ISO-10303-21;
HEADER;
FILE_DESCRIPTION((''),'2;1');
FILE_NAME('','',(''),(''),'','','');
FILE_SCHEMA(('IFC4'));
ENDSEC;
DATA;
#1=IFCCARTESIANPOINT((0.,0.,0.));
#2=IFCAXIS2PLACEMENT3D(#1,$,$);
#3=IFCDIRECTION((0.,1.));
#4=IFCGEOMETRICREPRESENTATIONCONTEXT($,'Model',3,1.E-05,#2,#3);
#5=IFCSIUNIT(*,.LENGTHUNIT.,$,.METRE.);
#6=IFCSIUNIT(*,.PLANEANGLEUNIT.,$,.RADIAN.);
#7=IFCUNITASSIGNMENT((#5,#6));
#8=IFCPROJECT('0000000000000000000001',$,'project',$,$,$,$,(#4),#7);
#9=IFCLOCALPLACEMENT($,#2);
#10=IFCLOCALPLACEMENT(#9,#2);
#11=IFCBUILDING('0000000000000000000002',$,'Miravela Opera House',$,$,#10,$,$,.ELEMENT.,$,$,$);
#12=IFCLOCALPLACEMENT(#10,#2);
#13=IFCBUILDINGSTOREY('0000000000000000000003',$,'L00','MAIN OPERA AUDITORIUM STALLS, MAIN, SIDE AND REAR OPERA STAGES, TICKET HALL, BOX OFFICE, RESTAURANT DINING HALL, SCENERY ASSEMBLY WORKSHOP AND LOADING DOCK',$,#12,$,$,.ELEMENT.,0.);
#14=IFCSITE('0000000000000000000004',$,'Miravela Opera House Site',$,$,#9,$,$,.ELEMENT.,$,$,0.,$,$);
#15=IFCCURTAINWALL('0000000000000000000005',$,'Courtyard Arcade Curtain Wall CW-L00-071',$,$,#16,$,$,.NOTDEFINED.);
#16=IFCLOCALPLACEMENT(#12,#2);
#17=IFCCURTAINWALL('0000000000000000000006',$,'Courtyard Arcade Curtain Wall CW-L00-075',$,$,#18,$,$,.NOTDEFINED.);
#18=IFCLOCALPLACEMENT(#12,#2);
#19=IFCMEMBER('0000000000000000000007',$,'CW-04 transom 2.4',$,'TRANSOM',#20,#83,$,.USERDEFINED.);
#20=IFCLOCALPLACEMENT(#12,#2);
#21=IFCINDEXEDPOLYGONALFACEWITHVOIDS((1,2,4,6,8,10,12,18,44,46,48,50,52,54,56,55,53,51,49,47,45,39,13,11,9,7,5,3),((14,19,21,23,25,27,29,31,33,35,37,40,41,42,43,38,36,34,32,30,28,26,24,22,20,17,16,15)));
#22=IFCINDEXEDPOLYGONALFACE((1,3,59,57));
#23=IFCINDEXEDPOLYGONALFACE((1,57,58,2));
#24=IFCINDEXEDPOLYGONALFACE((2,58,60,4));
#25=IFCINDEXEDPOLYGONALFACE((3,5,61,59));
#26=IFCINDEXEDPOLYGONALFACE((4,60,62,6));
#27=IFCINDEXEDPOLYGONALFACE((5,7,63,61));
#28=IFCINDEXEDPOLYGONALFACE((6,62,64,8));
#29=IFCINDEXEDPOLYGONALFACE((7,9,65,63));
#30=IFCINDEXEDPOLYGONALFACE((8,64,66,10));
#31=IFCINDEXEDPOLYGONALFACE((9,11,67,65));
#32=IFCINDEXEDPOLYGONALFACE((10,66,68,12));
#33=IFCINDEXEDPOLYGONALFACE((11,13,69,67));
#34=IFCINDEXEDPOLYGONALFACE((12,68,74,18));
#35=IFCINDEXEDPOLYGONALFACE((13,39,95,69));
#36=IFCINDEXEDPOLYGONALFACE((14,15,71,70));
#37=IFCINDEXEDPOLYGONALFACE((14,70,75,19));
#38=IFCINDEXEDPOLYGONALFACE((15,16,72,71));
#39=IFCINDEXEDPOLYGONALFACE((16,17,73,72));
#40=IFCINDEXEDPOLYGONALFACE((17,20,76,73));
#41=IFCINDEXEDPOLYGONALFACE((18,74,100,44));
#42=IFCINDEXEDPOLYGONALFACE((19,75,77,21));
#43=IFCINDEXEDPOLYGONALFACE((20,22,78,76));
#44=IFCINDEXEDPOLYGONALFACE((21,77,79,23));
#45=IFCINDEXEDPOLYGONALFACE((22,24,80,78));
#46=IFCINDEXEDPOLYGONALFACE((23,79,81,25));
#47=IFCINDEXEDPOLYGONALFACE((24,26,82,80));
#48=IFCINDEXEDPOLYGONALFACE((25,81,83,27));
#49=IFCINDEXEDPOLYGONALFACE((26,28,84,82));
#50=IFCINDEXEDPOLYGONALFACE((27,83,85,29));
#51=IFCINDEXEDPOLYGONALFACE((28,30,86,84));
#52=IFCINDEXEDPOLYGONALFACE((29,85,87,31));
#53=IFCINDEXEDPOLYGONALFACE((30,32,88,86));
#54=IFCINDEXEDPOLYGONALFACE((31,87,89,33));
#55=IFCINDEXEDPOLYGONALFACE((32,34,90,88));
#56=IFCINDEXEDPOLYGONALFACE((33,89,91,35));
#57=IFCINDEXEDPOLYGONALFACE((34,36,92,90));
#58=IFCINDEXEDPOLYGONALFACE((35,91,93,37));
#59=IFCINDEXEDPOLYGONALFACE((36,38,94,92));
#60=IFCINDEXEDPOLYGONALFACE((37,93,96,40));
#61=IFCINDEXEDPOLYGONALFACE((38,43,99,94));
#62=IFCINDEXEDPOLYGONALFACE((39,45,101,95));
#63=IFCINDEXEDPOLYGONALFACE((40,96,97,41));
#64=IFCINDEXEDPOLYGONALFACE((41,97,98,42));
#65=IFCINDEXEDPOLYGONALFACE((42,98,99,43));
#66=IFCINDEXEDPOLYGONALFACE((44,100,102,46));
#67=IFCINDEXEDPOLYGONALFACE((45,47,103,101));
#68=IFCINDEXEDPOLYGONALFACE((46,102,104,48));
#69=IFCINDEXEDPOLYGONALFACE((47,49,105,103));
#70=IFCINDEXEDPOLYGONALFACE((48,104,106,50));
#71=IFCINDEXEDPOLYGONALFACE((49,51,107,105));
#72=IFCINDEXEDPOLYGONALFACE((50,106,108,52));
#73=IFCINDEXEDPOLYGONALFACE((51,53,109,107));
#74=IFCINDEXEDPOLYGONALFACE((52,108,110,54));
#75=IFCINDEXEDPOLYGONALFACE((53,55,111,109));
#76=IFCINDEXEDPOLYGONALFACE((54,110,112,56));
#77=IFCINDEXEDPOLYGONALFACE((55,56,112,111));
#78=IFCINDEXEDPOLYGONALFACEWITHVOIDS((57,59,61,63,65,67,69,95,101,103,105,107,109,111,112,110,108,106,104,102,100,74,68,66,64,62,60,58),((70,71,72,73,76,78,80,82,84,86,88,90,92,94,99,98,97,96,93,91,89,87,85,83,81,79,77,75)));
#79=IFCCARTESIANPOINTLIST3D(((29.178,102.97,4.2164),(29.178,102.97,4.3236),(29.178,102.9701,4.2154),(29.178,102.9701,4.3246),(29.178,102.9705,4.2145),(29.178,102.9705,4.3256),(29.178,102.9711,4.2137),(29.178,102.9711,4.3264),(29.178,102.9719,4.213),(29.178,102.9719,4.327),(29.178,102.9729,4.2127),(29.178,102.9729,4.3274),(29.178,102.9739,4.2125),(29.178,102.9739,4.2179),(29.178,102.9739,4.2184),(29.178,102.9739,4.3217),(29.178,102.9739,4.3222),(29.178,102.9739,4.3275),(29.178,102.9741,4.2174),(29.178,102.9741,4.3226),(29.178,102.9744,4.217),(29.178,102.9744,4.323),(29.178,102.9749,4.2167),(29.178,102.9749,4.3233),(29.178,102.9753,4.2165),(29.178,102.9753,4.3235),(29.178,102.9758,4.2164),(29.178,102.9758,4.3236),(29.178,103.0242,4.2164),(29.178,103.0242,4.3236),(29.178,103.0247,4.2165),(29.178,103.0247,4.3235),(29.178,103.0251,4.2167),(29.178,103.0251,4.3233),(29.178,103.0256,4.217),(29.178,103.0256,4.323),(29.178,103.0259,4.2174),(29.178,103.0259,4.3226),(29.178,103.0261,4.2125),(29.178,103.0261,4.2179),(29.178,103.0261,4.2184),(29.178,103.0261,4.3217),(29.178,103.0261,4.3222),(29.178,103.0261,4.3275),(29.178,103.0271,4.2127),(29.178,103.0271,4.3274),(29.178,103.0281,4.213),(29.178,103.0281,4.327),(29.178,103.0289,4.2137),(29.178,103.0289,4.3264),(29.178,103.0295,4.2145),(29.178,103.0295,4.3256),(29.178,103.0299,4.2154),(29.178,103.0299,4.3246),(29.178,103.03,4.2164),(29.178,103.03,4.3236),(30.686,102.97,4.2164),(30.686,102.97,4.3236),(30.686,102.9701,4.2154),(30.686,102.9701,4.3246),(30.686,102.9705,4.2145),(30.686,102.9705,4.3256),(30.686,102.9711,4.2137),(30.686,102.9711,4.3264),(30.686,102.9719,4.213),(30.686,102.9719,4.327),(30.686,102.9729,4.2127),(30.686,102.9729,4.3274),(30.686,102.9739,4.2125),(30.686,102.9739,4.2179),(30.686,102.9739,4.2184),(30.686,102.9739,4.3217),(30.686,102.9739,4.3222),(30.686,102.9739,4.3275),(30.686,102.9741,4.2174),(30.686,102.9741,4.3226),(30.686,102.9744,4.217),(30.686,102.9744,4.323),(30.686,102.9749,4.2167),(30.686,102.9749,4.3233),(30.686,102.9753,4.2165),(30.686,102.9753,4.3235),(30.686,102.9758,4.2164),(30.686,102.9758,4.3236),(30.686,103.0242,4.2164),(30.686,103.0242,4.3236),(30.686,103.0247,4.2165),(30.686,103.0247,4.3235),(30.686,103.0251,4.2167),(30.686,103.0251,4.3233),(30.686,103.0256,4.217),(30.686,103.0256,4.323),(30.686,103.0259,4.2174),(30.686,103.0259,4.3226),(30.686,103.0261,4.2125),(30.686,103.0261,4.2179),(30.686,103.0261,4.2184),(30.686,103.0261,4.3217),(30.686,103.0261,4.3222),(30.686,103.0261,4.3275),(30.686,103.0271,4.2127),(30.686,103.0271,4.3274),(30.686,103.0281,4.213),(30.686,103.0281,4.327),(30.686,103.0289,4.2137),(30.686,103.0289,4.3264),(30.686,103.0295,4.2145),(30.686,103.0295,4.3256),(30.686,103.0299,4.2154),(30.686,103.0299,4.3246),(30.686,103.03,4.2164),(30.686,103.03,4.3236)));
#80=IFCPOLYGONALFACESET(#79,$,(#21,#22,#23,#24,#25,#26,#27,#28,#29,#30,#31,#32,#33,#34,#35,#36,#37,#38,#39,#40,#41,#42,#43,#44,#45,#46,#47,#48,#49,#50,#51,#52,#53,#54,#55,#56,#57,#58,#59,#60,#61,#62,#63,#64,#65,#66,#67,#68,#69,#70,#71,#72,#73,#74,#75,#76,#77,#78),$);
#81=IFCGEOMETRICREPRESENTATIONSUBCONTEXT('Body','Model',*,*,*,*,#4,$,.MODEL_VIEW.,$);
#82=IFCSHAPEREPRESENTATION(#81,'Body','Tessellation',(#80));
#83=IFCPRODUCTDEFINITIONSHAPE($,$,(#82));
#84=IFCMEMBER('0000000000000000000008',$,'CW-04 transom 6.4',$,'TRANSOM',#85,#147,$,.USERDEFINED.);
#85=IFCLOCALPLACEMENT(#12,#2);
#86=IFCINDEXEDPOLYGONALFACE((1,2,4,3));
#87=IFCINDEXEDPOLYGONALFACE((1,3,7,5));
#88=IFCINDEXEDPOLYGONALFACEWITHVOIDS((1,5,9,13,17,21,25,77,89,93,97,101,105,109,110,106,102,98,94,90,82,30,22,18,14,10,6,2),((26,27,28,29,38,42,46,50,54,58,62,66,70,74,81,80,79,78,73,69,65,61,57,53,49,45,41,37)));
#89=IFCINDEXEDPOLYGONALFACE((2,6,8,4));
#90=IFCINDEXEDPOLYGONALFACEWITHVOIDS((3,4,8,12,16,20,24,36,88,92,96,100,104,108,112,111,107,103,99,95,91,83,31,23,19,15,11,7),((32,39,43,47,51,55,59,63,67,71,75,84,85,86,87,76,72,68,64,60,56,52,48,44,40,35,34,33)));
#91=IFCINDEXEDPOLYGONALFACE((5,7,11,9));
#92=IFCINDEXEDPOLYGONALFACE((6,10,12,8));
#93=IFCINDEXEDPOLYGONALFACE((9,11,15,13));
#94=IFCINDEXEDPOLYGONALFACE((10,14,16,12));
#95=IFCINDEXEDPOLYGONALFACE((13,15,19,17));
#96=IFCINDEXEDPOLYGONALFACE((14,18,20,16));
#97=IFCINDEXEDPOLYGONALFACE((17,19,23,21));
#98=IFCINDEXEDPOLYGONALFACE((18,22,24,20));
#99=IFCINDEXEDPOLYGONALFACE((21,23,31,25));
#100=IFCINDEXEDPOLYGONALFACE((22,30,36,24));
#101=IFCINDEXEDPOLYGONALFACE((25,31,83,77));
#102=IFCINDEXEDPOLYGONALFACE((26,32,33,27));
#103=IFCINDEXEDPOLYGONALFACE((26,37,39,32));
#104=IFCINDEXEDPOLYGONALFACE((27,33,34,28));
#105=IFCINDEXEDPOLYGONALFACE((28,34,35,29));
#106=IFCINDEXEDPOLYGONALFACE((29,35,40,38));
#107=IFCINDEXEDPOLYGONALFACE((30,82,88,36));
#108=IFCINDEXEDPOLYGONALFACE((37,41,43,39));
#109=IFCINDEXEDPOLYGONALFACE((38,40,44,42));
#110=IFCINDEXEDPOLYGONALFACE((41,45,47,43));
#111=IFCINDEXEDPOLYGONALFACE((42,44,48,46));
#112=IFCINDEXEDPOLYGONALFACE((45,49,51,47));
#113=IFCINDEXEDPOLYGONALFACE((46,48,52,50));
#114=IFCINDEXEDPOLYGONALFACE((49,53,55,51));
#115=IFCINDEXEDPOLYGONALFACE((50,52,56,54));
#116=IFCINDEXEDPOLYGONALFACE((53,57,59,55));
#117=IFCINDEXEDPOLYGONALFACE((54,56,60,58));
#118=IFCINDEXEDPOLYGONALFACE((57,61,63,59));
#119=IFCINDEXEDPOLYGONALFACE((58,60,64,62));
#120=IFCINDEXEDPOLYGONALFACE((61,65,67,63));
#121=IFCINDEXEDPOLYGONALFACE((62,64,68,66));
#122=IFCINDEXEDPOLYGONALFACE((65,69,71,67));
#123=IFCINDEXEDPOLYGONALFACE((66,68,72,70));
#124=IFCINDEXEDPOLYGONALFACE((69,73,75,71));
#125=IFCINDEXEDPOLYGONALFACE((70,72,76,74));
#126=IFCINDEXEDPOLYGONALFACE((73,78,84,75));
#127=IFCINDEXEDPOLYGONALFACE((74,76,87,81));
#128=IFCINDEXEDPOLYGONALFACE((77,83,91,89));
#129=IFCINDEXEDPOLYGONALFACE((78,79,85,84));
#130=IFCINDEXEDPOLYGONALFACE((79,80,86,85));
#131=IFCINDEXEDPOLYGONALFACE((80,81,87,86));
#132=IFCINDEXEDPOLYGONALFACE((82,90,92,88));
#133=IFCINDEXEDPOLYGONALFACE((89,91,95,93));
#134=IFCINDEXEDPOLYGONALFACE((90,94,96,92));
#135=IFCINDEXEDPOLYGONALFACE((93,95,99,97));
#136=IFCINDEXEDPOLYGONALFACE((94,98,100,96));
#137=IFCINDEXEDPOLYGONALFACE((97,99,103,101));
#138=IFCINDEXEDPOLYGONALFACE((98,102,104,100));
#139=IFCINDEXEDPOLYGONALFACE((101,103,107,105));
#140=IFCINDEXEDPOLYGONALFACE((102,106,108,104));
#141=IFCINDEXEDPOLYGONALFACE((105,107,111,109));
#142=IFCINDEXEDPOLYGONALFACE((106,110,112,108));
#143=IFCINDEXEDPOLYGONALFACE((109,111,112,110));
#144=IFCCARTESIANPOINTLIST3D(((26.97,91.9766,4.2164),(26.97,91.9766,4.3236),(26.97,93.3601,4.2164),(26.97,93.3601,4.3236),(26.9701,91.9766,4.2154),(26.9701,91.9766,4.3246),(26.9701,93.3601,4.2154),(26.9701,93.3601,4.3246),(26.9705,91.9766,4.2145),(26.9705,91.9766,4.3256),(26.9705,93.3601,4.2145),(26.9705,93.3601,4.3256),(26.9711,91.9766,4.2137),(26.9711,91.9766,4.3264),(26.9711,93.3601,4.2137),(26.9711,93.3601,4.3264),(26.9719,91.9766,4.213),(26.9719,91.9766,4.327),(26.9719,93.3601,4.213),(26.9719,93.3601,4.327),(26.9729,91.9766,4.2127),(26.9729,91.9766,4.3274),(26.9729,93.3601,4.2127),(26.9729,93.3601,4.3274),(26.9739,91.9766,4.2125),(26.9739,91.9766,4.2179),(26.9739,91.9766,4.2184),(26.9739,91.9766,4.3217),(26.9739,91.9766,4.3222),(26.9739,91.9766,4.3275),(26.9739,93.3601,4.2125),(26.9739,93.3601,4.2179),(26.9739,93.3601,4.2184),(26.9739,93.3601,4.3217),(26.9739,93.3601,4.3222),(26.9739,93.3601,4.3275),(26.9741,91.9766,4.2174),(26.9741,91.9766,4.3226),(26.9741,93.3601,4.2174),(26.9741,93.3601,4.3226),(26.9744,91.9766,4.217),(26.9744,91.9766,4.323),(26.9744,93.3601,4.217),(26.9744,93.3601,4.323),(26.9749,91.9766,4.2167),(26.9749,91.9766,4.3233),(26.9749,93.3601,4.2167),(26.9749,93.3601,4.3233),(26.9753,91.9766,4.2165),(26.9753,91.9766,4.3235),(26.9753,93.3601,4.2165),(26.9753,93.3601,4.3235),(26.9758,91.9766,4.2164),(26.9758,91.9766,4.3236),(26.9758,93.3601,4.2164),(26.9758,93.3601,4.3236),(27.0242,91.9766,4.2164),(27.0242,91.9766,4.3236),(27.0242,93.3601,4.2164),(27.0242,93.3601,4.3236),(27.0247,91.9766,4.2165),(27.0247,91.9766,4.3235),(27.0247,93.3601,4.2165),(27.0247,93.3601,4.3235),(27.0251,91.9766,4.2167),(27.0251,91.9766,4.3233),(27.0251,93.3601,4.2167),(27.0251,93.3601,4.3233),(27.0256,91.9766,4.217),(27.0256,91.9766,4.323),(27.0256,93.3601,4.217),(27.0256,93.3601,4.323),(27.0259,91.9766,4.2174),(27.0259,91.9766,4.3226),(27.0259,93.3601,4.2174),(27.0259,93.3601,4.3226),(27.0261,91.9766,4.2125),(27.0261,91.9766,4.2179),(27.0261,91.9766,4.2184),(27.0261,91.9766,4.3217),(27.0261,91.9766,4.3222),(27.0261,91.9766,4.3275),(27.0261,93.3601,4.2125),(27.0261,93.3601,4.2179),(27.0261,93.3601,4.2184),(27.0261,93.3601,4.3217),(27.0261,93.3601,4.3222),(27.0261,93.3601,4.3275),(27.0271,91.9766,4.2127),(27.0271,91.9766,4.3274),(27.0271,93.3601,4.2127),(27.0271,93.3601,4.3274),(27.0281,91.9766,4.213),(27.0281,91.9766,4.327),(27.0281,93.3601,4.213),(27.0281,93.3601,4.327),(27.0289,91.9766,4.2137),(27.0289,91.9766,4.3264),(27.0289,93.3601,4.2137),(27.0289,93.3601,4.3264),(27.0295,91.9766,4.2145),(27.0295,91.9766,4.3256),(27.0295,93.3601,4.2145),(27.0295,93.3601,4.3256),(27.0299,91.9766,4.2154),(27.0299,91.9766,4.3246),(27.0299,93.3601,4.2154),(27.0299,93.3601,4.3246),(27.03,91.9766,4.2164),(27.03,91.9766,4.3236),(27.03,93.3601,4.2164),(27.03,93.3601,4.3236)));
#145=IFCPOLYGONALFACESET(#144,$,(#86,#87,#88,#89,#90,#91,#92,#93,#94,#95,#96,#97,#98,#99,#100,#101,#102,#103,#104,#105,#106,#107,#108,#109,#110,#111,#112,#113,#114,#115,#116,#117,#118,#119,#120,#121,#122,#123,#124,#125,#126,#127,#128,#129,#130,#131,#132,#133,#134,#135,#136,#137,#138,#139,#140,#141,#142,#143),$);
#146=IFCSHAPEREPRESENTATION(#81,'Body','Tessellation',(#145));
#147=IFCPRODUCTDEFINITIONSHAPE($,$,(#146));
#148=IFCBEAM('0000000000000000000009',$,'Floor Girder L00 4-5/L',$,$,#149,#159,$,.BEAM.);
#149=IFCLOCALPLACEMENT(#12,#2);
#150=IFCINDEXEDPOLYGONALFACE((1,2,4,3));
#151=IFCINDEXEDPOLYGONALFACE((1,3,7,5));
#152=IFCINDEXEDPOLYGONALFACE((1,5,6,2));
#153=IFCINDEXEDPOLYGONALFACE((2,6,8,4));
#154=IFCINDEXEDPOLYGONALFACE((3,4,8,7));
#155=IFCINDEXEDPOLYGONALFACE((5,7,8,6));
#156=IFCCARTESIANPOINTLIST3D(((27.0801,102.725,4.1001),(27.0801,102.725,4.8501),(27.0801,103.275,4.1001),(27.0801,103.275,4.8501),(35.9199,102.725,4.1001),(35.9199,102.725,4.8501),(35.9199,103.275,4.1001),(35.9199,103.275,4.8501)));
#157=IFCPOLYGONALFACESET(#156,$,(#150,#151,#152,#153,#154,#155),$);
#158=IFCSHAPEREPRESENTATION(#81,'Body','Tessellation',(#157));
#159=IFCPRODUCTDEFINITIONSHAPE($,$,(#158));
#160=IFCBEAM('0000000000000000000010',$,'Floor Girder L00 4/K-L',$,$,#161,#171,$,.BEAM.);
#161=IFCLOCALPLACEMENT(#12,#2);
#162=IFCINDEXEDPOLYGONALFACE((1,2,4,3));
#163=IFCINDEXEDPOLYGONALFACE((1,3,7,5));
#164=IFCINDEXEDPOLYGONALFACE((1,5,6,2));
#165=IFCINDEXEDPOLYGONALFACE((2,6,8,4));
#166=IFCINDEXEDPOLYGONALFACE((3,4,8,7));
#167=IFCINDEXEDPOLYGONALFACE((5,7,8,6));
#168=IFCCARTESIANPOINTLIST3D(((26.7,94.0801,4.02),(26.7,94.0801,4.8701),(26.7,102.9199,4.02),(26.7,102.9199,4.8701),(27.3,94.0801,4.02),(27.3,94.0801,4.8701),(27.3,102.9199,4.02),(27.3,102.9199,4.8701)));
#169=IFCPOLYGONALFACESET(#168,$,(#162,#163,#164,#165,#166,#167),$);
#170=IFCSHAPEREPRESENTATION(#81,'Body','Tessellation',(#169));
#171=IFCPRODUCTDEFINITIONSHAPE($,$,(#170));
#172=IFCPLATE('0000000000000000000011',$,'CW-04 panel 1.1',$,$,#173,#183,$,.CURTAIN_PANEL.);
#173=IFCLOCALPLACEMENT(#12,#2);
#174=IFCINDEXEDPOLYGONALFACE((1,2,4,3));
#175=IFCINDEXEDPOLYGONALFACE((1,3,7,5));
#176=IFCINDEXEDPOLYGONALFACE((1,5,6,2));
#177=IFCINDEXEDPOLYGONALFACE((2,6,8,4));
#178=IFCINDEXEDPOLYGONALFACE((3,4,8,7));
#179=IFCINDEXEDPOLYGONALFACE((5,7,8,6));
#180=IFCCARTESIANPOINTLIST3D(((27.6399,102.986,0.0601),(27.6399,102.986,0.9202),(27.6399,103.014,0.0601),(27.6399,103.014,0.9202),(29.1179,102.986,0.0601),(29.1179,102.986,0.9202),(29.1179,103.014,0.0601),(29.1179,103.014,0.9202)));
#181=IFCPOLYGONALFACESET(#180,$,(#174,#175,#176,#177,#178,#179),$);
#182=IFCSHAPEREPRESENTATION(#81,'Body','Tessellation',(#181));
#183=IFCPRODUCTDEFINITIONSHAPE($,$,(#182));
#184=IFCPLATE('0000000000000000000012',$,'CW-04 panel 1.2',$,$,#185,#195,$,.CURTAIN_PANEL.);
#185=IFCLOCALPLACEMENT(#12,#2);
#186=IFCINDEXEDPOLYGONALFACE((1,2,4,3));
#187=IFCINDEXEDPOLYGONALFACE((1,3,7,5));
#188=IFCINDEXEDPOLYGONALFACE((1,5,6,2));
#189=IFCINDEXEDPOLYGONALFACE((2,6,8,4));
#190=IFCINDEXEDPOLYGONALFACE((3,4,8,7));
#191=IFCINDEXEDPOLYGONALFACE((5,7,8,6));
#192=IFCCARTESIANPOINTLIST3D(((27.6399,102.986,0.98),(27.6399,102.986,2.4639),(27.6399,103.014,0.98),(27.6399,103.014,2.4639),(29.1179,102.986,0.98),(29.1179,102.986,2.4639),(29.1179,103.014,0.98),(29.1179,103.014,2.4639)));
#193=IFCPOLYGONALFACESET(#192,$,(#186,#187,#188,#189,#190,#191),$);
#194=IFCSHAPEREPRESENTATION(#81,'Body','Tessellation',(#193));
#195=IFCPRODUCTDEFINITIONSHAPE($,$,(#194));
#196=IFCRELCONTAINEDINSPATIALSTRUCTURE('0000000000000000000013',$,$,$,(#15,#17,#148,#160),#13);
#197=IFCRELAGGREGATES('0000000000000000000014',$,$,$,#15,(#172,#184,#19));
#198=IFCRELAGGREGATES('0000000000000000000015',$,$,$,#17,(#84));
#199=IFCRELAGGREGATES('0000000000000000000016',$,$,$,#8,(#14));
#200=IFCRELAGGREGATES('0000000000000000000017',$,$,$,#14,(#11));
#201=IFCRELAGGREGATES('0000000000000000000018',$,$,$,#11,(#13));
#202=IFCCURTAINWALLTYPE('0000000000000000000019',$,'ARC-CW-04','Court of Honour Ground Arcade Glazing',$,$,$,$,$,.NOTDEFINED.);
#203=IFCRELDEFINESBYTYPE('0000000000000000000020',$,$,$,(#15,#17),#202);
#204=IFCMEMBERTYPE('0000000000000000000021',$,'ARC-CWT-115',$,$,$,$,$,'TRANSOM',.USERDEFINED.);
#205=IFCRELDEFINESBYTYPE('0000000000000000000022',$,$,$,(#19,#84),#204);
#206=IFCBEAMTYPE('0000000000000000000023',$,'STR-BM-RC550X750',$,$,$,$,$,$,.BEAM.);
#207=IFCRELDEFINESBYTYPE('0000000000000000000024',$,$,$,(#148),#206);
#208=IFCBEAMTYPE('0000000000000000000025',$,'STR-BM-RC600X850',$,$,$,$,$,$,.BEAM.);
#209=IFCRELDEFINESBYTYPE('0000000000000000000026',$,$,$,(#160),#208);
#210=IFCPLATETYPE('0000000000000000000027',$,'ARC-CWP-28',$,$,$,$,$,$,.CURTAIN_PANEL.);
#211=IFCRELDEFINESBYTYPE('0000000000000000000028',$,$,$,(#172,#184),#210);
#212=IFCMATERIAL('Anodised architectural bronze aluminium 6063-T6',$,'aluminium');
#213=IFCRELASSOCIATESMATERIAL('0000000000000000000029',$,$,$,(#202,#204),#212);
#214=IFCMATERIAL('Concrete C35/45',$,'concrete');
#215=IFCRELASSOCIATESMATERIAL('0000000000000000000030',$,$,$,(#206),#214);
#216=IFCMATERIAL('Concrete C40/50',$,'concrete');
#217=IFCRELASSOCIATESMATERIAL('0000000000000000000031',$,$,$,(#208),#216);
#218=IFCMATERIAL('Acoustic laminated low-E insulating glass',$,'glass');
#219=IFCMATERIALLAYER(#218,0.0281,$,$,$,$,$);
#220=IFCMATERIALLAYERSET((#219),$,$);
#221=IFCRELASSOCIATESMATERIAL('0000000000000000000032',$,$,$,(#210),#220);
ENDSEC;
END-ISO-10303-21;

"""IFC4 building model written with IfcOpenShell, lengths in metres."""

from ifc_helpers import new_model, si_unit, direction, frame, origin, origin_2d, place, context, subcontext, project, spatial, rectangle, hollow_rectangle, extrude, material, layer, layer_set, material_profile, profile_set, type_object, element, aggregate, save


model = new_model("IFC4")

# Units and contexts
model_context = context("Model", 3, precision=1e-05, world=origin(), true_north=direction((0.0, 1.0)))
body_context = subcontext(model_context, "Body", "Model", "MODEL_VIEW")
ifc_project = project(units=[si_unit("LENGTHUNIT", "METRE"), si_unit("PLANEANGLEUNIT", "RADIAN")], contexts=[model_context])

# Site, building, storey
site_placement = place(None, origin())
site = spatial("IfcSite", under=ifc_project, at=site_placement, Name="Miravela Opera House Site", CompositionType="ELEMENT", RefElevation=0.0)
building_placement = place(site_placement, origin())
building = spatial("IfcBuilding", under=site, at=building_placement, Name="Miravela Opera House", CompositionType="ELEMENT")
storey_placement = place(building_placement, origin())
storey = spatial("IfcBuildingStorey", under=building, at=storey_placement, Name="L00", Description="MAIN OPERA AUDITORIUM STALLS, MAIN, SIDE AND REAR OPERA STAGES, TICKET HALL, BOX OFFICE, RESTAURANT DINING HALL, SCENERY ASSEMBLY WORKSHOP AND LOADING DOCK", CompositionType="ELEMENT", Elevation=0.0)

# Shared definitions
ifc_material_1 = material(Name="Concrete C40/50", Category="concrete")

# Curtain wall
ifc_material_2 = material(Name="Anodised architectural bronze aluminium 6063-T6", Category="aluminium")
curtain_wall_type = type_object("IfcCurtainWallType", Name="ARC-CW-04", Description="Court of Honour Ground Arcade Glazing", PredefinedType="NOTDEFINED", material=ifc_material_2)
curtain_wall_1_placement = place(storey_placement, origin())
curtain_wall_1 = element("IfcCurtainWall", 1, at=curtain_wall_1_placement, inside=storey, type_object=curtain_wall_type, Name="Courtyard Arcade Curtain Wall CW-L00-071", PredefinedType="NOTDEFINED")

# Curtain wall
curtain_wall_2_placement = place(storey_placement, origin())
curtain_wall_2 = element("IfcCurtainWall", 2, at=curtain_wall_2_placement, inside=storey, type_object=curtain_wall_type, Name="Courtyard Arcade Curtain Wall CW-L00-075", PredefinedType="NOTDEFINED")

# Members
ifc_material_profile_1 = material_profile(ifc_material_2, hollow_rectangle(XDim=0.0601, YDim=0.115, WallThickness=0.0039, InnerFilletRadius=0.002, OuterFilletRadius=0.0039, at=origin_2d()), Name="CWT-60X115")
ifc_profile_set_1 = profile_set([ifc_material_profile_1])
member_type_1 = type_object("IfcMemberType", Name="ARC-CWT-115", ElementType="TRANSOM", PredefinedType="USERDEFINED", material=ifc_profile_set_1)
member_1_placement = place(storey_placement, frame((29.178, 103.0, 4.27), z_axis=(1.0, 0.0, 0.0), x_axis=(0.0, 1.0, 0.0)))
member_1 = element("IfcMember", 3, at=member_1_placement, type_object=member_type_1, Name="CW-04 transom 2.4", ObjectType="TRANSOM", PredefinedType="USERDEFINED", context=body_context, shape_type="SweptSolid", body=[
    extrude(hollow_rectangle(XDim=0.0601, YDim=0.115, WallThickness=0.0039, InnerFilletRadius=0.002, OuterFilletRadius=0.0039, at=origin_2d()), origin(), (0.0, 0.0, 1.0), 1.5081),
])
member_2_placement = place(storey_placement, frame((27.0, 91.9766, 4.27), z_axis=(0.0, 1.0, 0.0), x_axis=(-1.0, 0.0, 0.0)))
member_2 = element("IfcMember", 4, at=member_2_placement, type_object=member_type_1, Name="CW-04 transom 6.4", ObjectType="TRANSOM", PredefinedType="USERDEFINED", context=body_context, shape_type="SweptSolid", body=[
    extrude(hollow_rectangle(XDim=0.0601, YDim=0.115, WallThickness=0.0039, InnerFilletRadius=0.002, OuterFilletRadius=0.0039, at=origin_2d()), origin(), (0.0, 0.0, 1.0), 1.3835),
])

# Beams
ifc_material_3 = material(Name="Concrete C35/45", Category="concrete")
ifc_material_profile_2 = material_profile(ifc_material_3, rectangle(XDim=0.55, YDim=0.75, at=origin_2d()), Name="RC-BM-550X750")
ifc_profile_set_2 = profile_set([ifc_material_profile_2])
beam_type_1 = type_object("IfcBeamType", Name="STR-BM-RC550X750", PredefinedType="BEAM", material=ifc_profile_set_2)
beam_1_placement = place(storey_placement, frame((27.0801, 103.0, 4.4751), z_axis=(1.0, 0.0, 0.0), x_axis=(0.0, 1.0, 0.0)))
element("IfcBeam", 5, at=beam_1_placement, inside=storey, type_object=beam_type_1, Name="Floor Girder L00 4-5/L", PredefinedType="BEAM", context=body_context, shape_type="SweptSolid", body=[
    extrude(rectangle(XDim=0.55, YDim=0.75, at=origin_2d()), origin(), (0.0, 0.0, 1.0), 8.8398),
])
ifc_material_profile_3 = material_profile(ifc_material_1, rectangle(XDim=0.6001, YDim=0.8501, at=origin_2d()), Name="RC-BM-600X850")
ifc_profile_set_3 = profile_set([ifc_material_profile_3])
beam_type_2 = type_object("IfcBeamType", Name="STR-BM-RC600X850", PredefinedType="BEAM", material=ifc_profile_set_3)
beam_2_placement = place(storey_placement, frame((27.0, 94.0801, 4.4451), z_axis=(0.0, 1.0, 0.0), x_axis=(-1.0, 0.0, 0.0)))
element("IfcBeam", 6, at=beam_2_placement, inside=storey, type_object=beam_type_2, Name="Floor Girder L00 4/K-L", PredefinedType="BEAM", context=body_context, shape_type="SweptSolid", body=[
    extrude(rectangle(XDim=0.6001, YDim=0.8501, at=origin_2d()), origin(), (0.0, 0.0, 1.0), 8.8398),
])

# Plates
ifc_material_4 = material(Name="Acoustic laminated low-E insulating glass", Category="glass")
ifc_layer = layer(ifc_material_4, 0.0281)
ifc_layer_set = layer_set([ifc_layer])
plate_type = type_object("IfcPlateType", Name="ARC-CWP-28", PredefinedType="CURTAIN_PANEL", material=ifc_layer_set)
plate_1_placement = place(storey_placement, frame((28.3789, 103.0, 0.0601), z_axis=(0.0, 0.0, 1.0), x_axis=(1.0, 0.0, 0.0)))
plate_1 = element("IfcPlate", 7, at=plate_1_placement, type_object=plate_type, Name="CW-04 panel 1.1", PredefinedType="CURTAIN_PANEL", context=body_context, shape_type="SweptSolid", body=[
    extrude(rectangle(XDim=1.478, YDim=0.0281, at=origin_2d()), origin(), (0.0, 0.0, 1.0), 0.8601),
])
plate_2_placement = place(storey_placement, frame((28.3789, 103.0, 0.98), z_axis=(0.0, 0.0, 1.0), x_axis=(1.0, 0.0, 0.0)))
plate_2 = element("IfcPlate", 8, at=plate_2_placement, type_object=plate_type, Name="CW-04 panel 1.2", PredefinedType="CURTAIN_PANEL", context=body_context, shape_type="SweptSolid", body=[
    extrude(rectangle(XDim=1.478, YDim=0.0281, at=origin_2d()), origin(), (0.0, 0.0, 1.0), 1.4839),
])
aggregate(curtain_wall_1, [plate_1, plate_2, member_1])
aggregate(curtain_wall_2, [member_2])

save(model, "model.ifc")
